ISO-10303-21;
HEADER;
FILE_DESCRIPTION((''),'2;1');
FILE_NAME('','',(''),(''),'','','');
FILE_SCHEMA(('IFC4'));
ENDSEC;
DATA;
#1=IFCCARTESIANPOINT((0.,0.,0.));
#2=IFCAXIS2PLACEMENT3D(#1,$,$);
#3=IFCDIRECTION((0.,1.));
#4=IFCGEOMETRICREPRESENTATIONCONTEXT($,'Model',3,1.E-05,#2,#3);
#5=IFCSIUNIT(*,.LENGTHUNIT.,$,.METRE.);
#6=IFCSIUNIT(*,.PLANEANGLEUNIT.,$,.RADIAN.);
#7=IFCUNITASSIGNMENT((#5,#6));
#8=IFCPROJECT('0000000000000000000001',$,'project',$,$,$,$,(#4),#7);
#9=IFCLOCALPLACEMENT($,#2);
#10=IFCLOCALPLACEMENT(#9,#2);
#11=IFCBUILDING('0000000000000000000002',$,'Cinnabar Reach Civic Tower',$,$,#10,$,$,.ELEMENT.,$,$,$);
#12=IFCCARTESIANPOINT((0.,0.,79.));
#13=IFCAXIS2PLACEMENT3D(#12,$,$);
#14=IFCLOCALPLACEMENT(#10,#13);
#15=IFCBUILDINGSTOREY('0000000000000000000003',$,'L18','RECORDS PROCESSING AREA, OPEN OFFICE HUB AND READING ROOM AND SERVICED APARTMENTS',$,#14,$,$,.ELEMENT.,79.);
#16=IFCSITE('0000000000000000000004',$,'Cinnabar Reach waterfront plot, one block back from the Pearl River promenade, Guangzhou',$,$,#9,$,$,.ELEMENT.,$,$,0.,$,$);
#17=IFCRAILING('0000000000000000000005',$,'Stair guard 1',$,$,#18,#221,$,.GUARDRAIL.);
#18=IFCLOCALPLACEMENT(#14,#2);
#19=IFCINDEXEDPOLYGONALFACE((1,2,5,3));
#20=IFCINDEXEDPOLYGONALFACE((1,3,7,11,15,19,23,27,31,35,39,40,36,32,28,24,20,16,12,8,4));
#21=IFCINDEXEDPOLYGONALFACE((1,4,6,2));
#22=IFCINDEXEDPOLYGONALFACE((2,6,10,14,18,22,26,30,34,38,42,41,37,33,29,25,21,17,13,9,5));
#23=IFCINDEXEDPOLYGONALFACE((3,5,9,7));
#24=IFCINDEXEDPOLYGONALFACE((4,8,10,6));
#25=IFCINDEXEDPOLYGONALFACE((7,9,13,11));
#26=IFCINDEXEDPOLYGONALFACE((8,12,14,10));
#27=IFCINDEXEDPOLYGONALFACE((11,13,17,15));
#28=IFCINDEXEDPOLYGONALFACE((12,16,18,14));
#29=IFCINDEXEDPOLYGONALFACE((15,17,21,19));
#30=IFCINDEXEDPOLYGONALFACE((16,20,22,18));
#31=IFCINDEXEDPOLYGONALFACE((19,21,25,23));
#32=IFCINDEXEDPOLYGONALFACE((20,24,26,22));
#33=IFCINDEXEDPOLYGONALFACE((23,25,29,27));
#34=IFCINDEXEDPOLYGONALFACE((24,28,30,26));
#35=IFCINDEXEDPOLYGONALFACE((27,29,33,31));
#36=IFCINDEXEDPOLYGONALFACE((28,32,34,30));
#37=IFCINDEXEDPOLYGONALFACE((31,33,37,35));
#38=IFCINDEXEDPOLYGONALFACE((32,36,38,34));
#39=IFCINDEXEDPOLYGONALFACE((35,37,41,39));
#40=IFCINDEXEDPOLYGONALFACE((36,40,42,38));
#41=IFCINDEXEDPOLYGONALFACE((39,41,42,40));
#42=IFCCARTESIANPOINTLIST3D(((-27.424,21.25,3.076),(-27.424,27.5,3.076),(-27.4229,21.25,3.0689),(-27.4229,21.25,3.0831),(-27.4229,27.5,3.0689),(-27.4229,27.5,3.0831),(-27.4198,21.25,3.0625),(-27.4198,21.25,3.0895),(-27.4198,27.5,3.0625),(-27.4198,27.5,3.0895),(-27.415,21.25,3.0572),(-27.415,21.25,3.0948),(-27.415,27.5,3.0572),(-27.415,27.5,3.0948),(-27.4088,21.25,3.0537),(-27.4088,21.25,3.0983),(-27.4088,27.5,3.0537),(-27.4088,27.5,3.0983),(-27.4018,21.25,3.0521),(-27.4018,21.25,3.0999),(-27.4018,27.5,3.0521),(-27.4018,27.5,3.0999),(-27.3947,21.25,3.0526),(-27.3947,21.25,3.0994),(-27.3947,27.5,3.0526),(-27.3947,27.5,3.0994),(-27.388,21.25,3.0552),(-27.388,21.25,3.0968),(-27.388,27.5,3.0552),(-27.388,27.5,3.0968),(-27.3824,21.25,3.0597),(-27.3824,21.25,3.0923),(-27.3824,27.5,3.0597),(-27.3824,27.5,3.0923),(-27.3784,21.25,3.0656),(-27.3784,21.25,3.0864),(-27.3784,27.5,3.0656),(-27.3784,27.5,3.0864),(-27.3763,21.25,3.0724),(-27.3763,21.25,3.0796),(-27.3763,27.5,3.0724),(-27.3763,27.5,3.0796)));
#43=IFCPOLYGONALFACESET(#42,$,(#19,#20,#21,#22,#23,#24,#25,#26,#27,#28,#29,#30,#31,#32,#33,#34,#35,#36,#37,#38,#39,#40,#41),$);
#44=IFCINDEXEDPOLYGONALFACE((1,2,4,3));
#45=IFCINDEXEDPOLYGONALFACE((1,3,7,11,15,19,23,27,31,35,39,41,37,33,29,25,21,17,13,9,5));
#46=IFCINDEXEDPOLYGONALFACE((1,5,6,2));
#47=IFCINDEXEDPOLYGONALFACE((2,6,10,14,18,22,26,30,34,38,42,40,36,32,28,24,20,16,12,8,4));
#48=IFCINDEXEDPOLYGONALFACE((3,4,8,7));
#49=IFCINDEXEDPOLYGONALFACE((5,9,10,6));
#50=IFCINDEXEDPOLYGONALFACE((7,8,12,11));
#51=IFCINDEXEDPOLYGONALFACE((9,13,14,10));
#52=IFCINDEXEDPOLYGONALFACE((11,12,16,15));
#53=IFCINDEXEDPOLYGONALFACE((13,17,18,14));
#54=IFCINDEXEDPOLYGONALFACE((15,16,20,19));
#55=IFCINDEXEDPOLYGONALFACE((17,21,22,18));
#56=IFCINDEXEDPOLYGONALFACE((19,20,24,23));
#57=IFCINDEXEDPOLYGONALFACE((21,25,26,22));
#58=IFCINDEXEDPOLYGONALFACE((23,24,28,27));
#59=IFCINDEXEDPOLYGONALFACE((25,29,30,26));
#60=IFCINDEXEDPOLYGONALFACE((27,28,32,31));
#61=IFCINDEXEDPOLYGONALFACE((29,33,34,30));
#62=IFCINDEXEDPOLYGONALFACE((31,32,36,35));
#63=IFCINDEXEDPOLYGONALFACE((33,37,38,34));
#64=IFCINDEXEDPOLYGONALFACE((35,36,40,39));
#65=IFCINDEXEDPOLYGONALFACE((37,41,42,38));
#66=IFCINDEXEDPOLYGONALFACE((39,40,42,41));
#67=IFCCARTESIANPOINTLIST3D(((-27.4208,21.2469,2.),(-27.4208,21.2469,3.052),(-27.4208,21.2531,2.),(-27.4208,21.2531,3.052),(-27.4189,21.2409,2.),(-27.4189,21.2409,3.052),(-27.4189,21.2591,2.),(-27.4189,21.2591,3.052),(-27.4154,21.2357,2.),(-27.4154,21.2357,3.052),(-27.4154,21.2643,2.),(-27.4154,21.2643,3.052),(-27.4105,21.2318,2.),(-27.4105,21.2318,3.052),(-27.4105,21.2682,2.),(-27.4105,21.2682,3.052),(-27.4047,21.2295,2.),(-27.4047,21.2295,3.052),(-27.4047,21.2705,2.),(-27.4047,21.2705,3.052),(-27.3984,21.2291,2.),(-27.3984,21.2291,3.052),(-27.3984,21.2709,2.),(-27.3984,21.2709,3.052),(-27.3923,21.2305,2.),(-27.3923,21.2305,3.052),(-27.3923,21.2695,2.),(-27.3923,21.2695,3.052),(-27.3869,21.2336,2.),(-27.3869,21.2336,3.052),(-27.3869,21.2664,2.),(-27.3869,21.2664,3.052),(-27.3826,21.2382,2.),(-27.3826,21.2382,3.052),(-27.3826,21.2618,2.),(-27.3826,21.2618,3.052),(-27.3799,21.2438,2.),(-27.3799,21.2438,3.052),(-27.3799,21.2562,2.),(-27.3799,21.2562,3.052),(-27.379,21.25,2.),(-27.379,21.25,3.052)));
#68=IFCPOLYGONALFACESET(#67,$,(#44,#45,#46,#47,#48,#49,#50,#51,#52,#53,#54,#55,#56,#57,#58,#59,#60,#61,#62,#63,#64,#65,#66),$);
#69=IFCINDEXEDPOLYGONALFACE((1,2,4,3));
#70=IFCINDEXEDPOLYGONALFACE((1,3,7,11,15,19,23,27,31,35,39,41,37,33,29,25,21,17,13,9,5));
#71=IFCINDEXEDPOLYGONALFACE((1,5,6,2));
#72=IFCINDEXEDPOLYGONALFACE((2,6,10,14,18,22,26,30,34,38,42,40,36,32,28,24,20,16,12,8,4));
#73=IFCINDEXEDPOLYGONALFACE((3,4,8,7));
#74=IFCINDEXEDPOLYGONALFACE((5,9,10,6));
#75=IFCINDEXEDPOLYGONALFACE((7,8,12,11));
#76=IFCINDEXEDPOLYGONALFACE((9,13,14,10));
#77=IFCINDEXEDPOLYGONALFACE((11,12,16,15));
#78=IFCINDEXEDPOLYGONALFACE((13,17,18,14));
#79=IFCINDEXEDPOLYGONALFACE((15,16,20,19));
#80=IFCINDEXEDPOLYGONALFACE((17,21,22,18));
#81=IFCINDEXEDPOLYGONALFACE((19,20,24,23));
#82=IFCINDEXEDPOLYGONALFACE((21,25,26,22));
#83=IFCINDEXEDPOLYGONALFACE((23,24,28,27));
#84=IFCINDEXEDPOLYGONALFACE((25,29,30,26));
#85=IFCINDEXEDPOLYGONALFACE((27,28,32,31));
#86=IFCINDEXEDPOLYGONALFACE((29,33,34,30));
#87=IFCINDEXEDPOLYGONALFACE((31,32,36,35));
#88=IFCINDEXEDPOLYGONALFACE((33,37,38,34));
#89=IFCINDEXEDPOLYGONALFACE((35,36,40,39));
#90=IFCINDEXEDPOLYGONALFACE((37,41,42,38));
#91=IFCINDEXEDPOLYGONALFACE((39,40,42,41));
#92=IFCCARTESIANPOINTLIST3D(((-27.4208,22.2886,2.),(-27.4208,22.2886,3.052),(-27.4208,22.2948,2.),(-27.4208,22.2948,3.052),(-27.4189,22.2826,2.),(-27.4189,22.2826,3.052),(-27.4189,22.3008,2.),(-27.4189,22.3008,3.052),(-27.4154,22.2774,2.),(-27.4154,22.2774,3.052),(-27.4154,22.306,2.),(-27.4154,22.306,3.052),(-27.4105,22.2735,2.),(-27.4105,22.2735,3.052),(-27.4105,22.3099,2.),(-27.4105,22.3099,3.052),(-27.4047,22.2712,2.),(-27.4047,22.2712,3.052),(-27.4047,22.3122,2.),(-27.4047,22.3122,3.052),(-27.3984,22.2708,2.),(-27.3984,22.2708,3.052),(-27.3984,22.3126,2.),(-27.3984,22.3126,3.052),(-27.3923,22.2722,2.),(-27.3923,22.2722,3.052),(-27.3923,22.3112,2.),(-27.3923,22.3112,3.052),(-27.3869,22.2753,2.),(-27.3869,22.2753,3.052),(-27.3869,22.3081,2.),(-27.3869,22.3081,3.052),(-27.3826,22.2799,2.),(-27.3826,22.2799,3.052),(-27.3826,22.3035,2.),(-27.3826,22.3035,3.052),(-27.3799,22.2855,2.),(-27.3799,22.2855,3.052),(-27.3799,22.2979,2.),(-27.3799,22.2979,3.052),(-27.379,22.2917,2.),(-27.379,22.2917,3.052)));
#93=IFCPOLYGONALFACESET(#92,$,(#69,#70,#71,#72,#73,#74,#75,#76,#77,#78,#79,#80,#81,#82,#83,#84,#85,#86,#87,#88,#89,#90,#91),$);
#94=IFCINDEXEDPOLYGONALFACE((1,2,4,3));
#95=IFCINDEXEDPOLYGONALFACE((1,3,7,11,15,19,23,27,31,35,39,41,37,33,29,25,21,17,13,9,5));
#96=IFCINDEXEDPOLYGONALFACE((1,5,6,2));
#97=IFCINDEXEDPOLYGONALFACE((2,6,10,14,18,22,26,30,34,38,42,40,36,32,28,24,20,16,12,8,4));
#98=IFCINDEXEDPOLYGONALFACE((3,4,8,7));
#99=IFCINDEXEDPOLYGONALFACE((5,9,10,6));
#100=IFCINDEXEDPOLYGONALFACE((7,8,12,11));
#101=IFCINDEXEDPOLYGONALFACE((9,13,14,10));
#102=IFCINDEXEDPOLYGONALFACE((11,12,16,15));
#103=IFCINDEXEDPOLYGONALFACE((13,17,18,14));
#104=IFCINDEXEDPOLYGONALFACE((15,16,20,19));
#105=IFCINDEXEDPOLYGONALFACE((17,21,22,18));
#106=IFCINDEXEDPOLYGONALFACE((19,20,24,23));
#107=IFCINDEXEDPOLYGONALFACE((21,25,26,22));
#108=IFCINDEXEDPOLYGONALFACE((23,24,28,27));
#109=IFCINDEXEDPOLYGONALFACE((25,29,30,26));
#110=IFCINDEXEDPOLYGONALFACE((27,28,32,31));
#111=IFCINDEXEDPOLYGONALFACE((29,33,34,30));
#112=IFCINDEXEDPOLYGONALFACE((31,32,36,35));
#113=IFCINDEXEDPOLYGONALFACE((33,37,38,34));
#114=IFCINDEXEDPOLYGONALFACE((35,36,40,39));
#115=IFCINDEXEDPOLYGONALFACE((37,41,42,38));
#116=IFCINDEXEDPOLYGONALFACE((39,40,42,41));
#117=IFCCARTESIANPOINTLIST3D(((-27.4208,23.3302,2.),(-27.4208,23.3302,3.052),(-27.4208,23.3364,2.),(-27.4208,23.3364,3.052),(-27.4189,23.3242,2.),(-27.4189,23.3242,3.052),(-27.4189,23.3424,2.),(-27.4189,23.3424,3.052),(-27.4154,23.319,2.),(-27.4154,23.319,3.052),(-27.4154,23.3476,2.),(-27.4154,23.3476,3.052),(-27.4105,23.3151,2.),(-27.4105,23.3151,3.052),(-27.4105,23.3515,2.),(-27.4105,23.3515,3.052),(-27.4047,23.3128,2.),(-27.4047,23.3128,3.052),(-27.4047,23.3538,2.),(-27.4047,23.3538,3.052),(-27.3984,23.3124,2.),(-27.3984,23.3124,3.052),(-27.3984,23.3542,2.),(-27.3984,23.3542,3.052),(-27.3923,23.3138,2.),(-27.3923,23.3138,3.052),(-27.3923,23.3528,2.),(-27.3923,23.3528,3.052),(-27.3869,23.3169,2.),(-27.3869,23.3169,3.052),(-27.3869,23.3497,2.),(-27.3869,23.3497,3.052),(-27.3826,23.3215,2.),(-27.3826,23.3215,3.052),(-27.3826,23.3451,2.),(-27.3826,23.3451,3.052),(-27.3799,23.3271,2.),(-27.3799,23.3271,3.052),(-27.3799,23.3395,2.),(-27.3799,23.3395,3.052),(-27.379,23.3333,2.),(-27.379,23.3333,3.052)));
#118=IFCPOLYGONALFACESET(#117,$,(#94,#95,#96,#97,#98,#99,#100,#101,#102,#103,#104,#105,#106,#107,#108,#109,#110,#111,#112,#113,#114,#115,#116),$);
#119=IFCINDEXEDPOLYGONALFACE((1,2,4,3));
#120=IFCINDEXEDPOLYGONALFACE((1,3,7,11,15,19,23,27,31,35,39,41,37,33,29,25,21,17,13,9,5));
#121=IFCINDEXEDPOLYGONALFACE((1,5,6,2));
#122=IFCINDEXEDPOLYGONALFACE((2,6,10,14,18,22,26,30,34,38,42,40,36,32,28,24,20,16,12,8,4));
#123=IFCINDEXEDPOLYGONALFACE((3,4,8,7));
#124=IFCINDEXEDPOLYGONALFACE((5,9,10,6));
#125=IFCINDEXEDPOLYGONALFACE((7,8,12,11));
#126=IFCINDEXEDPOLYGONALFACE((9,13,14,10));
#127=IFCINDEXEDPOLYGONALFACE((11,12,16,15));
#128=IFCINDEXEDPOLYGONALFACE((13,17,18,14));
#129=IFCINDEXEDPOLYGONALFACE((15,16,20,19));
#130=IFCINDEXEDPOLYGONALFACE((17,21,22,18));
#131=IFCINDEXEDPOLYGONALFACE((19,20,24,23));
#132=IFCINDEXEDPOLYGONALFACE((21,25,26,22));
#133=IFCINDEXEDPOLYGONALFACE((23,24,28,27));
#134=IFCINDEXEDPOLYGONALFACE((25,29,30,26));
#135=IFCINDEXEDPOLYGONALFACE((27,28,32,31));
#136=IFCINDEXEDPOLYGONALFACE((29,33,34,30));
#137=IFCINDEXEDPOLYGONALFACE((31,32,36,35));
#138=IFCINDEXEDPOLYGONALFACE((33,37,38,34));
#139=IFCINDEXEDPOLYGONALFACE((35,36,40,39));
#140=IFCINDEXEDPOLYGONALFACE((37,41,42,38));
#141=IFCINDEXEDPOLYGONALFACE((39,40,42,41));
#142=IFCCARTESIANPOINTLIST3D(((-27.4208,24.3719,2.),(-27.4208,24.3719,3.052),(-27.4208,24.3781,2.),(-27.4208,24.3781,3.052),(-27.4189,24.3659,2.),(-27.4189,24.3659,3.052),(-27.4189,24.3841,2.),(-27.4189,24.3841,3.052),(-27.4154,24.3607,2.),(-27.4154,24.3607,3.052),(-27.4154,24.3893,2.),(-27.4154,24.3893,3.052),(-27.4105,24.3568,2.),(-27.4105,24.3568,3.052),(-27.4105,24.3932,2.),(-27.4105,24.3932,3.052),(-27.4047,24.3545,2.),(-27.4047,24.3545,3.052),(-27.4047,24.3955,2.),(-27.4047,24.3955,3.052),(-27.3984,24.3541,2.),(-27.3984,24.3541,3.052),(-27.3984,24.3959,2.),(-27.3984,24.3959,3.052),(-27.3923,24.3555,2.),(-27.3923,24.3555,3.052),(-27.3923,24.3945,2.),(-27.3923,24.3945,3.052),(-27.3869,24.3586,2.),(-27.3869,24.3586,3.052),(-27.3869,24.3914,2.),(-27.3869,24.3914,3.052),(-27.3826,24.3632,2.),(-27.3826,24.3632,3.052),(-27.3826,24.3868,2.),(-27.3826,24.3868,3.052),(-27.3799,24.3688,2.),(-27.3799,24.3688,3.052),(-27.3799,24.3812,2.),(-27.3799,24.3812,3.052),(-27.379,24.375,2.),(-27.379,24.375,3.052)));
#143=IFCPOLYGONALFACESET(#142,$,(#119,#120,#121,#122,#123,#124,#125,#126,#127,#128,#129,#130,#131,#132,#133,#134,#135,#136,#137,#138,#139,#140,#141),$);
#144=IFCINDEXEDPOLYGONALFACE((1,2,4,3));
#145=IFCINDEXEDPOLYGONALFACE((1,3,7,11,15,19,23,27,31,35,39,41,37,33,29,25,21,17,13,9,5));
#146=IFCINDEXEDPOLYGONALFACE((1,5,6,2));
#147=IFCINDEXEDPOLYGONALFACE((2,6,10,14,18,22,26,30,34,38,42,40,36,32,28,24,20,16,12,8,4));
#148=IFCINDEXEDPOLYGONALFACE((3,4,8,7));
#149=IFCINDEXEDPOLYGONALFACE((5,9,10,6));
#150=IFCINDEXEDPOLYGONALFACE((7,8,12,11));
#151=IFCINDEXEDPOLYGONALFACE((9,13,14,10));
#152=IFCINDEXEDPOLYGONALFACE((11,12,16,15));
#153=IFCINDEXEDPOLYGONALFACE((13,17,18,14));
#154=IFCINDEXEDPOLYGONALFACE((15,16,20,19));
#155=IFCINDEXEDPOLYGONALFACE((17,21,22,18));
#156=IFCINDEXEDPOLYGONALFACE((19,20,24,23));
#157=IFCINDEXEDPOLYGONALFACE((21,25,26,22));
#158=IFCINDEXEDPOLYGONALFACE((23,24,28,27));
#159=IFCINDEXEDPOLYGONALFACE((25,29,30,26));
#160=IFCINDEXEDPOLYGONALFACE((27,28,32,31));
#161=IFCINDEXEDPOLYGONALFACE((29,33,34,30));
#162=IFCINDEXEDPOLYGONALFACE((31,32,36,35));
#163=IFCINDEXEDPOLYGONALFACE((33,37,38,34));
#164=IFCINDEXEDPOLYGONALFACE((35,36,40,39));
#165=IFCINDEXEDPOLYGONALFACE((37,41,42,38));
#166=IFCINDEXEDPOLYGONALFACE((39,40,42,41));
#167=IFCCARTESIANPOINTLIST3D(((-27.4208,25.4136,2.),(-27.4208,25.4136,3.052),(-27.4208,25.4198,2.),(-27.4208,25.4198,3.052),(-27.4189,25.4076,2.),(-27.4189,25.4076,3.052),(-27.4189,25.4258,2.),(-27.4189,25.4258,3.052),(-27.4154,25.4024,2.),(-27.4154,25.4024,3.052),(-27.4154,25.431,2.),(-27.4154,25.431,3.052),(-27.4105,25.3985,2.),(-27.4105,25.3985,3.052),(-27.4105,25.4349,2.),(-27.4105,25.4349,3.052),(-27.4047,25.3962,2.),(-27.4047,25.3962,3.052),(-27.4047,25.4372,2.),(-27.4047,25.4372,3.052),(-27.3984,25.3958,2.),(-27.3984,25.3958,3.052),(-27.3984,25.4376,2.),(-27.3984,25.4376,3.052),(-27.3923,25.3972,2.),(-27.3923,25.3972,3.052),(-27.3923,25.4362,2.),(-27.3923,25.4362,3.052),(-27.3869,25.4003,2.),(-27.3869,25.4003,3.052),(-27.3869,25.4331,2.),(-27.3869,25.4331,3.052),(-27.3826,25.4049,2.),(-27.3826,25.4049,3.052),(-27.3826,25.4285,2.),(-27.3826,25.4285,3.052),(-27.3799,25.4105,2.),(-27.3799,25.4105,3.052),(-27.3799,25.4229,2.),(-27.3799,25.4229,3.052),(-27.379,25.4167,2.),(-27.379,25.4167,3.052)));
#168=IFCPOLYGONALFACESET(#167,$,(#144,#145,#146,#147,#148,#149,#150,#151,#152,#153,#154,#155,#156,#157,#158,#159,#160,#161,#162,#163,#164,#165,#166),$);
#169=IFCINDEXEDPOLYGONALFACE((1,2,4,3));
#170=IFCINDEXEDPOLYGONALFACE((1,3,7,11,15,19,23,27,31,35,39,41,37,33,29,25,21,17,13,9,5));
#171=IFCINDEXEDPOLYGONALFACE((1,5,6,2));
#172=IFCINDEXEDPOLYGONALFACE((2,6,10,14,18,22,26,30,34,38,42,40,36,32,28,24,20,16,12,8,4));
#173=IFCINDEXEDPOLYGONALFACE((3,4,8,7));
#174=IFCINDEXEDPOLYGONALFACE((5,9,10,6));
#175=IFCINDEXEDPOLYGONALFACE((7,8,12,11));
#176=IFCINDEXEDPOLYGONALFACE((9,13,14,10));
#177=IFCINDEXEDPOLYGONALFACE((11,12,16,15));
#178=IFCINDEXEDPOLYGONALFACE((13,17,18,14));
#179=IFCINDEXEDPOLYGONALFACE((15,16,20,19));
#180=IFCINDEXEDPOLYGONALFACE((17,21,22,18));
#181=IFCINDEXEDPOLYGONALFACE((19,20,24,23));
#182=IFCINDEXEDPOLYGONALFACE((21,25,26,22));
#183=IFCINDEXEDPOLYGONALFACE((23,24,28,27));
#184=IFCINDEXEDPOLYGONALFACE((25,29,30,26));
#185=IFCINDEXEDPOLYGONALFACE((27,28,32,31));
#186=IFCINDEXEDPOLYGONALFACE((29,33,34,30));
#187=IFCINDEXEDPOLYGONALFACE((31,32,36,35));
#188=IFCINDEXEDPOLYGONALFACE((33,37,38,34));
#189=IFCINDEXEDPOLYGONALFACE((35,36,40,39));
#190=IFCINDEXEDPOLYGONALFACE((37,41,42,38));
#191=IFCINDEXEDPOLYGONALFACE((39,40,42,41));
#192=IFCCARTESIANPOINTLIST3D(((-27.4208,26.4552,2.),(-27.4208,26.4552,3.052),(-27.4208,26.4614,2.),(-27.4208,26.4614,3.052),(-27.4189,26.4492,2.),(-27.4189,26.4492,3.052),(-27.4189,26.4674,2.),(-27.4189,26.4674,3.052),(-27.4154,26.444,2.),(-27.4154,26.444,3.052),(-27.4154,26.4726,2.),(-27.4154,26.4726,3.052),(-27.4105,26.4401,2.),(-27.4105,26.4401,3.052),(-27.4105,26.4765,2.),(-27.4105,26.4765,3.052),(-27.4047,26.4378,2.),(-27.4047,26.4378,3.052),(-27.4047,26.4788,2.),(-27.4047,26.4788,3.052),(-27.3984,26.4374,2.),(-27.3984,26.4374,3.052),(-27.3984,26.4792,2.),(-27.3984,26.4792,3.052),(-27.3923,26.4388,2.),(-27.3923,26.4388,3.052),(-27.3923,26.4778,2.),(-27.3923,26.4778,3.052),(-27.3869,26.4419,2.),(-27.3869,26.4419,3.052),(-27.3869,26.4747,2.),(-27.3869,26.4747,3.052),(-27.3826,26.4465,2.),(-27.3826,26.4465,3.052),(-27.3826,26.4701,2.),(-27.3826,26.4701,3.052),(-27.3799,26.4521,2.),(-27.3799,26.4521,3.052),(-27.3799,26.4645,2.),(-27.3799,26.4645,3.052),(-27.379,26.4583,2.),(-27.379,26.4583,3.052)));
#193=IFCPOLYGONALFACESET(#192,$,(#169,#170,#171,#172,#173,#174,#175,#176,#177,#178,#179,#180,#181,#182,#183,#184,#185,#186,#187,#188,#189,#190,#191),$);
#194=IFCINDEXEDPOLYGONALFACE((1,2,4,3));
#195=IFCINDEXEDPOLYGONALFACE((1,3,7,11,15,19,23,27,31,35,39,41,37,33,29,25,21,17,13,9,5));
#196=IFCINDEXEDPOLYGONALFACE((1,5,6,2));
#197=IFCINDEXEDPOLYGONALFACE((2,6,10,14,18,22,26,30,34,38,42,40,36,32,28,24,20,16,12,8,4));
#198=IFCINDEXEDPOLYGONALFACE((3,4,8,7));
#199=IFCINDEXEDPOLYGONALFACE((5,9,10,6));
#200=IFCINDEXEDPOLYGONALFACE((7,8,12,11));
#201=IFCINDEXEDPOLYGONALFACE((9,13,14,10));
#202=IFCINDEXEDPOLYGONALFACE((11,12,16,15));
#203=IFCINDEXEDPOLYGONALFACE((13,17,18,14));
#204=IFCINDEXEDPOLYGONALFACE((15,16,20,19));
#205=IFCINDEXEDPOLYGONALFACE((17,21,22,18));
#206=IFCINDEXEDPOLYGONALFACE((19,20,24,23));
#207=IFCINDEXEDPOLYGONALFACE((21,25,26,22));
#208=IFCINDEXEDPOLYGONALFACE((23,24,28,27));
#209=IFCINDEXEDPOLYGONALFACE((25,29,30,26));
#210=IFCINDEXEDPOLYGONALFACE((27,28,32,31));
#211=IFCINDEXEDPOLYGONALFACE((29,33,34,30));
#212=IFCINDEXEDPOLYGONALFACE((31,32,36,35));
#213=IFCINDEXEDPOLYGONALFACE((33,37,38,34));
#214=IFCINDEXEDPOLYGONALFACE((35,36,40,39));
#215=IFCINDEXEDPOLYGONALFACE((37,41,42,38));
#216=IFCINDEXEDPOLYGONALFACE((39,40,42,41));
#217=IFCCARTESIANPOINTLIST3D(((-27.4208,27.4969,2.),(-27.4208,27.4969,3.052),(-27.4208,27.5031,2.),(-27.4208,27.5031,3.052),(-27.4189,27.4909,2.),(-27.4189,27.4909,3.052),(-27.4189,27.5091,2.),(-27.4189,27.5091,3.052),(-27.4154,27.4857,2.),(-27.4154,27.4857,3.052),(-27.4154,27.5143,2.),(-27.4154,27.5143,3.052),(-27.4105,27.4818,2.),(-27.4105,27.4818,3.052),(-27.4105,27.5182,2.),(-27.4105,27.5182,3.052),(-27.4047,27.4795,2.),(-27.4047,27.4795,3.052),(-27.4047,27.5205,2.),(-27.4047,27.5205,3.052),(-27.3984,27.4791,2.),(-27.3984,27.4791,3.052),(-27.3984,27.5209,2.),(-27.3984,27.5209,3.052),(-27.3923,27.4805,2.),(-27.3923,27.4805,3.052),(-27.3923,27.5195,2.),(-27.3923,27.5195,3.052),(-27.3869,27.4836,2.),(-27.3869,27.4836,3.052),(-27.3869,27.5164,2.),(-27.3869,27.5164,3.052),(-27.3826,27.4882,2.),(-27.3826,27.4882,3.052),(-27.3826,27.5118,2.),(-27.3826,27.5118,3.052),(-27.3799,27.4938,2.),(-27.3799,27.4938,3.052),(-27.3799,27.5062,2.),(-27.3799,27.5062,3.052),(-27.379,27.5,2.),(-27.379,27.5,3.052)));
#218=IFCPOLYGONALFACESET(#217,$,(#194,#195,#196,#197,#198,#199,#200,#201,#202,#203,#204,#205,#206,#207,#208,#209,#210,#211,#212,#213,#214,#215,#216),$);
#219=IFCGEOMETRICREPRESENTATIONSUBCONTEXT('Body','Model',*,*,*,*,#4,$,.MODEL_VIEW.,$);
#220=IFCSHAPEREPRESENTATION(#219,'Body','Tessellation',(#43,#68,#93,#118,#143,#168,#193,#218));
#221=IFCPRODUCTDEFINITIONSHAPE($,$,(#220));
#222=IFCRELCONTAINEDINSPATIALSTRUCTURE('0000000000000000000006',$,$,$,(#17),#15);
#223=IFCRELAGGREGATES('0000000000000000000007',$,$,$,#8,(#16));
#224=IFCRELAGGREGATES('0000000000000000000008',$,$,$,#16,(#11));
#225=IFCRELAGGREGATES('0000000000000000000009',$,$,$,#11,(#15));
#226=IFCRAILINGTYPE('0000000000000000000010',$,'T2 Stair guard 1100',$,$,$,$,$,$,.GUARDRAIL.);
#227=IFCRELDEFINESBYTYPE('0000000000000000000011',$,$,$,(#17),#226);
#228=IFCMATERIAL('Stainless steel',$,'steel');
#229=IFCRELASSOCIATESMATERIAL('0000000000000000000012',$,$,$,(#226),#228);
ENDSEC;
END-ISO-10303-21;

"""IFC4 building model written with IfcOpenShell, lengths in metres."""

from ifc_helpers import new_model, si_unit, direction, frame, origin, origin_2d, place, context, subcontext, project, spatial, circle, extrude, material, type_object, element, save


model = new_model("IFC4")

# Units and contexts
model_context = context("Model", 3, precision=1e-05, world=origin(), true_north=direction((0.0, 1.0)))
body_context = subcontext(model_context, "Body", "Model", "MODEL_VIEW")
ifc_project = project(units=[si_unit("LENGTHUNIT", "METRE"), si_unit("PLANEANGLEUNIT", "RADIAN")], contexts=[model_context])

# Site, building, storey
site_placement = place(None, origin())
site = spatial("IfcSite", under=ifc_project, at=site_placement, Name="Cinnabar Reach waterfront plot, one block back from the Pearl River promenade, Guangzhou", CompositionType="ELEMENT", RefElevation=0.0)
building_placement = place(site_placement, origin())
building = spatial("IfcBuilding", under=site, at=building_placement, Name="Cinnabar Reach Civic Tower", CompositionType="ELEMENT")
storey_placement = place(building_placement, frame((0.0, 0.0, 79.0)))
storey = spatial("IfcBuildingStorey", under=building, at=storey_placement, Name="L18", Description="RECORDS PROCESSING AREA, OPEN OFFICE HUB AND READING ROOM AND SERVICED APARTMENTS", CompositionType="ELEMENT", Elevation=79.0)

# Railing
ifc_material_1 = material(Name="Stainless steel", Category="steel")
railing_type = type_object("IfcRailingType", Name="T2 Stair guard 1100", PredefinedType="GUARDRAIL", material=ifc_material_1)
for number, where, name in (
    (1, (-27.4, 21.25, 2.0), "Stair guard 1"),
):
    element("IfcRailing", number, at=place(storey_placement, frame(where)), inside=storey, type_object=railing_type, Name=name, PredefinedType="GUARDRAIL", context=body_context, shape_type="SweptSolid", body=[
        extrude(circle(Radius=0.024, at=origin_2d()), frame((0.0, 0.0, 1.076), z_axis=(0.0, 1.0, 0.0), x_axis=(-1.0, 0.0, 0.0)), (0.0, 0.0, 1.0), 6.25),
        extrude(circle(Radius=0.021, at=origin_2d()), origin(), (0.0, 0.0, 1.0), 1.052),
        extrude(circle(Radius=0.021, at=origin_2d()), frame((0.0, 1.0417, 0.0)), (0.0, 0.0, 1.0), 1.052),
        extrude(circle(Radius=0.021, at=origin_2d()), frame((0.0, 2.0833, 0.0)), (0.0, 0.0, 1.0), 1.052),
        extrude(circle(Radius=0.021, at=origin_2d()), frame((0.0, 3.125, 0.0)), (0.0, 0.0, 1.0), 1.052),
        extrude(circle(Radius=0.021, at=origin_2d()), frame((0.0, 4.1667, 0.0)), (0.0, 0.0, 1.0), 1.052),
        extrude(circle(Radius=0.021, at=origin_2d()), frame((0.0, 5.2083, 0.0)), (0.0, 0.0, 1.0), 1.052),
        extrude(circle(Radius=0.021, at=origin_2d()), frame((0.0, 6.25, 0.0)), (0.0, 0.0, 1.0), 1.052),
    ])

save(model, "model.ifc")
